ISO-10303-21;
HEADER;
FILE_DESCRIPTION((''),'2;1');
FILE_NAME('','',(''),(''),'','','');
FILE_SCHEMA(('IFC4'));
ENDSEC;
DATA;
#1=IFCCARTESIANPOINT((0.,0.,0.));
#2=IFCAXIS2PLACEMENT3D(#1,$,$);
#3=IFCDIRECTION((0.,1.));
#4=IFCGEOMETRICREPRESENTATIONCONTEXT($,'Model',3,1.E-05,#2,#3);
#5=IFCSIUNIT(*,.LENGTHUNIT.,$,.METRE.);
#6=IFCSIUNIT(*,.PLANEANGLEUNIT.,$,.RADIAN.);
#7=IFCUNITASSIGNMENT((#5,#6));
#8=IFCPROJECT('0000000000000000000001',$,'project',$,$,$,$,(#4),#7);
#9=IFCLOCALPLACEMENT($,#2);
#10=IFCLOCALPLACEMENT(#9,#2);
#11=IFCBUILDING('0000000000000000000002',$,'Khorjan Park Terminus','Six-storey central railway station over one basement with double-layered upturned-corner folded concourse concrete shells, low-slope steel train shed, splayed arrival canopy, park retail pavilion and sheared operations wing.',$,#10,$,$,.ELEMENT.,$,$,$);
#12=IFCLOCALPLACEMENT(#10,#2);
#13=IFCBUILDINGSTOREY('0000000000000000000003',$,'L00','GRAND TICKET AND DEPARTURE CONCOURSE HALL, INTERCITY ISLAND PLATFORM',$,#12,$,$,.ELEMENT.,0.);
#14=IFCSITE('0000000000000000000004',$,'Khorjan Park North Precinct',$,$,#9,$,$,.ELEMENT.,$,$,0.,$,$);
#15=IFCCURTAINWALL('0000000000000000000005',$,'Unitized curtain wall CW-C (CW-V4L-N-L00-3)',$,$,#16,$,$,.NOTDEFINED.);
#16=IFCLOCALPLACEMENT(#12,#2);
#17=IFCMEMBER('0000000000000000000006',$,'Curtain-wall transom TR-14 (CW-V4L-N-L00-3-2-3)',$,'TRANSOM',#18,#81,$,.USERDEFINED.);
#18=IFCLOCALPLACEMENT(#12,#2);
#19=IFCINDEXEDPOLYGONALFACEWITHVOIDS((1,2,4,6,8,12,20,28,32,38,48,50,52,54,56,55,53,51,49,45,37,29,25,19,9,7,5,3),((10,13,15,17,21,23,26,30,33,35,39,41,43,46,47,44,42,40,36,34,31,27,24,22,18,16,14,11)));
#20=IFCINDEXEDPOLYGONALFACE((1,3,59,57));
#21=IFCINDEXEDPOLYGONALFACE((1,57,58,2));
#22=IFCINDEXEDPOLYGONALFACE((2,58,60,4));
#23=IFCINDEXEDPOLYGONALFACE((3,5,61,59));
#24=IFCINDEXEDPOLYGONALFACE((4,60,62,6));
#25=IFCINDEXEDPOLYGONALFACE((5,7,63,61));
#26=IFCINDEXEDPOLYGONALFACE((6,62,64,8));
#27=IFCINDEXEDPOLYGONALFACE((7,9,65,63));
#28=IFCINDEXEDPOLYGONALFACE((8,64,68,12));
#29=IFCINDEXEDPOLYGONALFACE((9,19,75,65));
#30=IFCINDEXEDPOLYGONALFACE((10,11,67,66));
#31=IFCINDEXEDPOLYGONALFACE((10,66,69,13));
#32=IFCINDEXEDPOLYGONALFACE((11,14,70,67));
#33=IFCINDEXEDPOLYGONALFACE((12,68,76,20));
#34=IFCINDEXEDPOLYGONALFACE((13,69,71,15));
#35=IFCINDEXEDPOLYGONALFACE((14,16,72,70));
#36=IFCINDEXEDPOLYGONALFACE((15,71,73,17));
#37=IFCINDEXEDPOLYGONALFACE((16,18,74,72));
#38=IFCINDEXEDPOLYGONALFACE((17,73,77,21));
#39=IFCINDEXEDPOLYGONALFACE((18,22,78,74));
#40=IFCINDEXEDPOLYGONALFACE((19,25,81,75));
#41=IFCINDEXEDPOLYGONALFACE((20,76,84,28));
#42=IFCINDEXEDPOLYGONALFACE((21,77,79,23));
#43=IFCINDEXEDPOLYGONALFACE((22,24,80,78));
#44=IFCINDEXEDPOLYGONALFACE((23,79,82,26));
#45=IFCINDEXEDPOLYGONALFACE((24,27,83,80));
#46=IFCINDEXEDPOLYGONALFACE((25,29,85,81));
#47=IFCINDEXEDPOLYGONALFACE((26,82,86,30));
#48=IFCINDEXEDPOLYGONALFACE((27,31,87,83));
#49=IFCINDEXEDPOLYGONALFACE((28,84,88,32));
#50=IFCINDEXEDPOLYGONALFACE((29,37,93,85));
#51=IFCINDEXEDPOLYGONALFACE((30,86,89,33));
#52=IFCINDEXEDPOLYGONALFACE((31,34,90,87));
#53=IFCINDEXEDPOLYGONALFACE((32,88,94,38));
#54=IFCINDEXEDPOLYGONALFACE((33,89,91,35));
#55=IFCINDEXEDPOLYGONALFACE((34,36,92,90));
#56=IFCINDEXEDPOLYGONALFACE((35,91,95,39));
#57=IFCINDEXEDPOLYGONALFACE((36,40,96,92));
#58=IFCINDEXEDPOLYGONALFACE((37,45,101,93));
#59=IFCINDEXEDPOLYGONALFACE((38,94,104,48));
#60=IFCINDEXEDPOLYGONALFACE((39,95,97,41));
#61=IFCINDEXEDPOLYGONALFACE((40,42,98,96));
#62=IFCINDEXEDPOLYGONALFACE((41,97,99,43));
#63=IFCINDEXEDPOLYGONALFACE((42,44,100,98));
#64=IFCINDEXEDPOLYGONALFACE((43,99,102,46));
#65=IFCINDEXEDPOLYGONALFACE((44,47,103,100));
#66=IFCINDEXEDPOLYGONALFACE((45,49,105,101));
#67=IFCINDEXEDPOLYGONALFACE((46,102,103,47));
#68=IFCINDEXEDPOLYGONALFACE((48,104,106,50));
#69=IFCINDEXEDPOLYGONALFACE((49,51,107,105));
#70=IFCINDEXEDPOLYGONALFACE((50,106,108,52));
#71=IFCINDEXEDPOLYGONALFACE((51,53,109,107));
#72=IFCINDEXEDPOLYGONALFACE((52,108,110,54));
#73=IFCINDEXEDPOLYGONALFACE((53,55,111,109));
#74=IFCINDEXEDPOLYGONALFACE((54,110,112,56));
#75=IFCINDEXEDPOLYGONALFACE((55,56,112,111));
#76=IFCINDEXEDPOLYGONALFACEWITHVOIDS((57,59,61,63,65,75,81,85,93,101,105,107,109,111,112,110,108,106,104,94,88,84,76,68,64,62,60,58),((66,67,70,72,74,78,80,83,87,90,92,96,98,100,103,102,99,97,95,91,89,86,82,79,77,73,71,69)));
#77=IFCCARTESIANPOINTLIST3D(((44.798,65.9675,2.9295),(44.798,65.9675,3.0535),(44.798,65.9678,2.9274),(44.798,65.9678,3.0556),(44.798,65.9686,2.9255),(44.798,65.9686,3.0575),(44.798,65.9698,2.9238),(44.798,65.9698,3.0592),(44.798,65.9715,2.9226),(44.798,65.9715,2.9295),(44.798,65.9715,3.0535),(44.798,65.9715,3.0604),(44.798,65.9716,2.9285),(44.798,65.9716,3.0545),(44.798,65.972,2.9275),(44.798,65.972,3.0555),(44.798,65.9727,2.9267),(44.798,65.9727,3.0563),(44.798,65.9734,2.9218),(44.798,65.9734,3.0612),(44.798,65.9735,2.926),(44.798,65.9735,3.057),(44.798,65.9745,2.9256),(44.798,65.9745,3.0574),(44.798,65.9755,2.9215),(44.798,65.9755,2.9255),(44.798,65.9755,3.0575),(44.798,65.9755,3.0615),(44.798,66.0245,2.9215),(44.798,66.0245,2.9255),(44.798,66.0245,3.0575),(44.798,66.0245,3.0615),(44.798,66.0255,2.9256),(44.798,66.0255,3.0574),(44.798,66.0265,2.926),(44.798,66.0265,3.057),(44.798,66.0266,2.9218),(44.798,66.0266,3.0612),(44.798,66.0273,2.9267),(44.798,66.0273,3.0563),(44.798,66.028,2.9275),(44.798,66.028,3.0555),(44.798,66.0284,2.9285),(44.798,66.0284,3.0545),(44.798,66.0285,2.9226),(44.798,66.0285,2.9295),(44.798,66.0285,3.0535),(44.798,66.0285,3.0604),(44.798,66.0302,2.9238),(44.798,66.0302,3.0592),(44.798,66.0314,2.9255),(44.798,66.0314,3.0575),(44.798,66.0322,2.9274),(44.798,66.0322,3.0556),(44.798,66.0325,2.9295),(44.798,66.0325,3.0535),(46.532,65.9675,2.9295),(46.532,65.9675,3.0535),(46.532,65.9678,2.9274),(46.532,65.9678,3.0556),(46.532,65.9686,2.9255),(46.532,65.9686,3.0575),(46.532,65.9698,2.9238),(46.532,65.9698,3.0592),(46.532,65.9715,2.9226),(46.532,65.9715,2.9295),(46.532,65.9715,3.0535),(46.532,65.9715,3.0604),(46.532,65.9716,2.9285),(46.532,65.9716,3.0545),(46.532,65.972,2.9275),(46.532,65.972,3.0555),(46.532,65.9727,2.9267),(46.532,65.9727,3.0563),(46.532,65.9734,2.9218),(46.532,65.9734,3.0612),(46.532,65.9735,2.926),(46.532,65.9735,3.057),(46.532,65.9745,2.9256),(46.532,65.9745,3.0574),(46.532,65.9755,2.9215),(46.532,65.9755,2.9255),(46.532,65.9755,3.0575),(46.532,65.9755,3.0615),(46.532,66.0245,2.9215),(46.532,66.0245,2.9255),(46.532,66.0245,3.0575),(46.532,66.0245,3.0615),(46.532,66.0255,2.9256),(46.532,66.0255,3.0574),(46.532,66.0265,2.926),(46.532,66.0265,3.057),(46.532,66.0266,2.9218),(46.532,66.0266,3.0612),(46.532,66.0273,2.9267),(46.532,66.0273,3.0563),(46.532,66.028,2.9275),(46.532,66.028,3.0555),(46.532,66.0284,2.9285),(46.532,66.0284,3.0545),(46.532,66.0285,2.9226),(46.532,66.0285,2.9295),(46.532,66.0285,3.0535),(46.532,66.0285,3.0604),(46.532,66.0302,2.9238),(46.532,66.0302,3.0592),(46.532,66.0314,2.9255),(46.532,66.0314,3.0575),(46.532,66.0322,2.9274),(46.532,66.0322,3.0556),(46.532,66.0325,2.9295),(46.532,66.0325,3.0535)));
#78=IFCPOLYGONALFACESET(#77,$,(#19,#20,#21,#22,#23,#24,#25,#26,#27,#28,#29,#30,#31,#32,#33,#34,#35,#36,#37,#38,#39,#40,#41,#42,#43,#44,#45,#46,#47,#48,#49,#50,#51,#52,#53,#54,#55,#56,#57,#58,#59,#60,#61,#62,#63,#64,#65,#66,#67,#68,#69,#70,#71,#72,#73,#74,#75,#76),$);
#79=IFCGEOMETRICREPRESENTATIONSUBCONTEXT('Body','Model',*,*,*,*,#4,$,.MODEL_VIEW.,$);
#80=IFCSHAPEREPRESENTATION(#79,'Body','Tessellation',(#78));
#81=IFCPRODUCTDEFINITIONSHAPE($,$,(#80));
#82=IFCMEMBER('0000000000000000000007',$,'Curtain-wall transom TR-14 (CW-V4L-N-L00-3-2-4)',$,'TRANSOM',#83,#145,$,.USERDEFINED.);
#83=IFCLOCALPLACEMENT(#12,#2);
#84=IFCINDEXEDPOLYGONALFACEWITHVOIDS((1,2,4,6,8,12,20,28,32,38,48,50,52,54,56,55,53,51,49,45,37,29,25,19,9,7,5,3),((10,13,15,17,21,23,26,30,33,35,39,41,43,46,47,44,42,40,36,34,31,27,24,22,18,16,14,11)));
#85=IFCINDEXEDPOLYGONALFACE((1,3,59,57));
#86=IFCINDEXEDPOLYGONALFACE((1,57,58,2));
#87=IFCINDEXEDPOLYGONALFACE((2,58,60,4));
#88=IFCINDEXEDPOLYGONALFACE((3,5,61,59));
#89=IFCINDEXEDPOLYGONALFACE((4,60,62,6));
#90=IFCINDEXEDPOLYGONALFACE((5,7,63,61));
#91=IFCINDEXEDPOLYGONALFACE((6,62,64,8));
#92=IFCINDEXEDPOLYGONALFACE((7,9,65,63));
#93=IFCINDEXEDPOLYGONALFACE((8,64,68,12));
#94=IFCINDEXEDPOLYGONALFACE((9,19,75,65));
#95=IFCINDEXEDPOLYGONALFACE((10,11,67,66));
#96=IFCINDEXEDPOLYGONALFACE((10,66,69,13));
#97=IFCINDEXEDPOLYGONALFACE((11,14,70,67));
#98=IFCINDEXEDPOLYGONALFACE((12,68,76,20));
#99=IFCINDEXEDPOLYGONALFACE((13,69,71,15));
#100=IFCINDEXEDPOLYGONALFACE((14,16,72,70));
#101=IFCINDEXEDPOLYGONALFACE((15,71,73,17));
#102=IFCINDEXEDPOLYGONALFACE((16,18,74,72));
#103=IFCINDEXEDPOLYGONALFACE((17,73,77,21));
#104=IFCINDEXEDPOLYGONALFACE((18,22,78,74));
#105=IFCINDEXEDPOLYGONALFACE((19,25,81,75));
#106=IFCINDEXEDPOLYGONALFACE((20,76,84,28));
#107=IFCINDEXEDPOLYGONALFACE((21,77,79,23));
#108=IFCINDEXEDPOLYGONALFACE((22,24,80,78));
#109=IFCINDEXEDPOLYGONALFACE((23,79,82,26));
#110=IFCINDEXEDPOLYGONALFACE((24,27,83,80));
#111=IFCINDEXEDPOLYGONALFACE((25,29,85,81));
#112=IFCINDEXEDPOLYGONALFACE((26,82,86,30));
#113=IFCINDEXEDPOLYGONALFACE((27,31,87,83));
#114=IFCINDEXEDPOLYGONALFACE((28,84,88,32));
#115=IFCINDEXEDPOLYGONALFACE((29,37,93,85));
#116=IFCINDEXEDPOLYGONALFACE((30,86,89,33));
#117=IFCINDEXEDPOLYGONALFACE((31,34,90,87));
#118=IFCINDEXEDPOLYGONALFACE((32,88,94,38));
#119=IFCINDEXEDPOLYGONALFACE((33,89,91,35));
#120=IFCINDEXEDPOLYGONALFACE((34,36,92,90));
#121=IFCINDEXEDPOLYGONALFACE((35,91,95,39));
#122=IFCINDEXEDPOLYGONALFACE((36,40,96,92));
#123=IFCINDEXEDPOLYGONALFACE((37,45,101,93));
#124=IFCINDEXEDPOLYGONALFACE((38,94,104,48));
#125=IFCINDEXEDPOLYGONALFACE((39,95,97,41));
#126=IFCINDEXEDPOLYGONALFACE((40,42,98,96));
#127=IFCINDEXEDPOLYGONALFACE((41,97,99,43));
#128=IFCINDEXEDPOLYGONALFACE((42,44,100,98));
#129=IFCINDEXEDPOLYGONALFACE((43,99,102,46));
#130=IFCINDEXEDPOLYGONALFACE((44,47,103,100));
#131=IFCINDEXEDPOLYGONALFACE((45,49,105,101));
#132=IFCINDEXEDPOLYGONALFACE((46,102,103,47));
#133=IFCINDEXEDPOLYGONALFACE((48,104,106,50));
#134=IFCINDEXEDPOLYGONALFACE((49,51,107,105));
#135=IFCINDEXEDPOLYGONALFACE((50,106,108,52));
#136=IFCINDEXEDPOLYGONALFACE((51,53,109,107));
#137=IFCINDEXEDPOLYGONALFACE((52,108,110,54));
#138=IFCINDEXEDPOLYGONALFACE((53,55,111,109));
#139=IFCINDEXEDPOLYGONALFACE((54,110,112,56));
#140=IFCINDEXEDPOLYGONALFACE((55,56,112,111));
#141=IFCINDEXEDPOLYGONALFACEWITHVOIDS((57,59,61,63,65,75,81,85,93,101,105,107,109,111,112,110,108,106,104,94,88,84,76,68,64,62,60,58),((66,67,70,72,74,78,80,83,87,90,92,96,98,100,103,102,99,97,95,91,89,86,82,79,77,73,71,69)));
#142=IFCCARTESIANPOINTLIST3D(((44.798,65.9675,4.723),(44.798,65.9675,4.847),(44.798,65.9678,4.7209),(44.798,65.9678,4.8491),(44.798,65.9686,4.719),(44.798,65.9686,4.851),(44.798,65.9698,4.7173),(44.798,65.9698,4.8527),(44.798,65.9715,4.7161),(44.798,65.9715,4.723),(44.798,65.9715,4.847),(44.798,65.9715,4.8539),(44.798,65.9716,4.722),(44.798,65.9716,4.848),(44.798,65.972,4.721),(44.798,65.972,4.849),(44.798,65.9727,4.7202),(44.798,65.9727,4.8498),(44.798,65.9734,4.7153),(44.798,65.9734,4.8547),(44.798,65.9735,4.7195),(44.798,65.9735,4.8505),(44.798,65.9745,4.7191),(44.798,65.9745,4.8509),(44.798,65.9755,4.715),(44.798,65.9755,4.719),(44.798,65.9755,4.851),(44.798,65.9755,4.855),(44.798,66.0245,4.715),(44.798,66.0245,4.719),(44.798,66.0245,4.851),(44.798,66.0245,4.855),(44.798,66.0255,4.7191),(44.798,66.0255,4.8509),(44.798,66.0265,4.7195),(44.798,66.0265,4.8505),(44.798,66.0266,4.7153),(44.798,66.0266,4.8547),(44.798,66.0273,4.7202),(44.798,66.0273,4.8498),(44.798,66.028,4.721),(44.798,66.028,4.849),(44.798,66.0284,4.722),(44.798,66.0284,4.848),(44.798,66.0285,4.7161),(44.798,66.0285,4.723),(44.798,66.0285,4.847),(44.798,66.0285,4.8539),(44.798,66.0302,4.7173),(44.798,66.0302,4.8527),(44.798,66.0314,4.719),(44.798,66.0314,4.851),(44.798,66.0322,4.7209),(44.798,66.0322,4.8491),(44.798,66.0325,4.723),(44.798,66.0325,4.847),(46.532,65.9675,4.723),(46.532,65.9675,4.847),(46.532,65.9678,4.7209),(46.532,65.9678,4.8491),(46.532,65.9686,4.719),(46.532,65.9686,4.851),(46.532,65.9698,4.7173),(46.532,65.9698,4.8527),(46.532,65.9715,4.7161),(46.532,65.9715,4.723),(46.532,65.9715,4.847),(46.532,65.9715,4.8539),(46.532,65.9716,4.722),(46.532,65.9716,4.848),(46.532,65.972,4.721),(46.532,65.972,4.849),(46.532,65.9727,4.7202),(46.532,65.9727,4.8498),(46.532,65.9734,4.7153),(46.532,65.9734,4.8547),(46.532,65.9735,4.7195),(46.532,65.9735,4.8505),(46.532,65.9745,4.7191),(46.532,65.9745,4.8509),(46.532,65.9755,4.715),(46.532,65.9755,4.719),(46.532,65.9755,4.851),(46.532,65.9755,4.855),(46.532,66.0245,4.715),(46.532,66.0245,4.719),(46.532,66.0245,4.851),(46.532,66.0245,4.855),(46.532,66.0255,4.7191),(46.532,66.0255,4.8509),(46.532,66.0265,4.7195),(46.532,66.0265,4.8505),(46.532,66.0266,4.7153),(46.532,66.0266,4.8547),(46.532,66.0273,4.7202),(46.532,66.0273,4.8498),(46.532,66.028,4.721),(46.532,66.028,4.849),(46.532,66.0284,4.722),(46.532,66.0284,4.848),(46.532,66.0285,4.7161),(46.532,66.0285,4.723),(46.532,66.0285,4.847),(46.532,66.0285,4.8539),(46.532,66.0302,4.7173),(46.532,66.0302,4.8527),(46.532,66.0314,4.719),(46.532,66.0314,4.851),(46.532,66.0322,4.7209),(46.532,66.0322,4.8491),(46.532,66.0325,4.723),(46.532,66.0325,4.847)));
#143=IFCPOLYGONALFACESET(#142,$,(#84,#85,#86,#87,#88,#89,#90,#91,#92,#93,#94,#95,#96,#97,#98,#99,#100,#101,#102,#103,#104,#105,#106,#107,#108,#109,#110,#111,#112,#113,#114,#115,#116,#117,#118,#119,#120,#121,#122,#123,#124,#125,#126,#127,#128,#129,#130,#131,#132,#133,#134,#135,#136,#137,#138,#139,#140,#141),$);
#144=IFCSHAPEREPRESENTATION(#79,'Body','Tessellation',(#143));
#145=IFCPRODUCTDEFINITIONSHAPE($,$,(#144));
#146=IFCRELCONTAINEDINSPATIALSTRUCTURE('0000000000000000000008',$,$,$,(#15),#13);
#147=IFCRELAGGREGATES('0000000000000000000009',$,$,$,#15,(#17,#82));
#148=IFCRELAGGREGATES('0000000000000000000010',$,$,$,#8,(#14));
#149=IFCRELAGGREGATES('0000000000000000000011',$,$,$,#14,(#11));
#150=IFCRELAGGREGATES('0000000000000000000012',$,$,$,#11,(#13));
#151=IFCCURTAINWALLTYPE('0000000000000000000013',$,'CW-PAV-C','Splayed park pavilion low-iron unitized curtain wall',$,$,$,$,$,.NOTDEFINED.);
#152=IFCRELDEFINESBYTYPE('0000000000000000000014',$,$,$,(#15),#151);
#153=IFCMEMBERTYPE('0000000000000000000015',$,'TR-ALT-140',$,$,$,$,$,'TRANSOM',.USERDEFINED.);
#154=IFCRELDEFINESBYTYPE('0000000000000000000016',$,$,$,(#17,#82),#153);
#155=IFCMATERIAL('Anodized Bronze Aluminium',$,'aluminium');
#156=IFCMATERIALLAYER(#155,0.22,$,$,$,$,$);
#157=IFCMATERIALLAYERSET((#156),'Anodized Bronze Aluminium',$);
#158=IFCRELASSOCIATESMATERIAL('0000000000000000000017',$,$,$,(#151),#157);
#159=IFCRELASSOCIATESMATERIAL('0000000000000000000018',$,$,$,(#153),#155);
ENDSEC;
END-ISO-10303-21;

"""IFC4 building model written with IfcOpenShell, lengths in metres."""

from ifc_helpers import new_model, si_unit, direction, frame, origin, origin_2d, place, context, subcontext, project, spatial, hollow_rectangle, extrude, material, layer, layer_set, material_profile, profile_set, type_object, element, aggregate, save


model = new_model("IFC4")

# Units and contexts
model_context = context("Model", 3, precision=1e-05, world=origin(), true_north=direction((0.0, 1.0)))
body_context = subcontext(model_context, "Body", "Model", "MODEL_VIEW")
ifc_project = project(units=[si_unit("LENGTHUNIT", "METRE"), si_unit("PLANEANGLEUNIT", "RADIAN")], contexts=[model_context])

# Site, building, storey
site_placement = place(None, origin())
site = spatial("IfcSite", under=ifc_project, at=site_placement, Name="Khorjan Park North Precinct", CompositionType="ELEMENT", RefElevation=0.0)
building_placement = place(site_placement, origin())
building = spatial("IfcBuilding", under=site, at=building_placement, Name="Khorjan Park Terminus", Description="Six-storey central railway station over one basement with double-layered upturned-corner folded concourse concrete shells, low-slope steel train shed, splayed arrival canopy, park retail pavilion and sheared operations wing.", CompositionType="ELEMENT")
storey_placement = place(building_placement, origin())
storey = spatial("IfcBuildingStorey", under=building, at=storey_placement, Name="L00", Description="GRAND TICKET AND DEPARTURE CONCOURSE HALL, INTERCITY ISLAND PLATFORM", CompositionType="ELEMENT", Elevation=0.0)

# Curtain wall, members
ifc_material_1 = material(Name="Anodized Bronze Aluminium", Category="aluminium")
ifc_layer_1 = layer(ifc_material_1, 0.22)
ifc_layer_set_1 = layer_set([ifc_layer_1], Name="Anodized Bronze Aluminium")
curtain_wall_type = type_object("IfcCurtainWallType", Name="CW-PAV-C", Description="Splayed park pavilion low-iron unitized curtain wall", PredefinedType="NOTDEFINED", material=ifc_layer_set_1)
curtain_wall_placement = place(storey_placement, origin())
curtain_wall = element("IfcCurtainWall", 1, at=curtain_wall_placement, inside=storey, type_object=curtain_wall_type, Name="Unitized curtain wall CW-C (CW-V4L-N-L00-3)", PredefinedType="NOTDEFINED")
ifc_material_profile_1 = material_profile(ifc_material_1, hollow_rectangle(XDim=0.065, YDim=0.14, WallThickness=0.004, InnerFilletRadius=0.004, OuterFilletRadius=0.008, at=origin_2d()), Name="ALT 65x140x4")
ifc_profile_set_1 = profile_set([ifc_material_profile_1], Name="Anodized Bronze Aluminium")
member_type_1 = type_object("IfcMemberType", Name="TR-ALT-140", ElementType="TRANSOM", PredefinedType="USERDEFINED", material=ifc_profile_set_1)
member_1_placement = place(storey_placement, frame((46.532, 66.0, 2.9915), z_axis=(-1.0, 0.0, 0.0), x_axis=(0.0, -1.0, 0.0)))
member_1 = element("IfcMember", 2, at=member_1_placement, type_object=member_type_1, Name="Curtain-wall transom TR-14 (CW-V4L-N-L00-3-2-3)", ObjectType="TRANSOM", PredefinedType="USERDEFINED", context=body_context, shape_type="SweptSolid", body=[
    extrude(hollow_rectangle(XDim=0.065, YDim=0.14, WallThickness=0.004, InnerFilletRadius=0.004, OuterFilletRadius=0.008, at=origin_2d()), origin(), (0.0, 0.0, 1.0), 1.734),
])
member_2_placement = place(storey_placement, frame((46.532, 66.0, 4.785), z_axis=(-1.0, 0.0, 0.0), x_axis=(0.0, -1.0, 0.0)))
member_2 = element("IfcMember", 3, at=member_2_placement, type_object=member_type_1, Name="Curtain-wall transom TR-14 (CW-V4L-N-L00-3-2-4)", ObjectType="TRANSOM", PredefinedType="USERDEFINED", context=body_context, shape_type="SweptSolid", body=[
    extrude(hollow_rectangle(XDim=0.065, YDim=0.14, WallThickness=0.004, InnerFilletRadius=0.004, OuterFilletRadius=0.008, at=origin_2d()), origin(), (0.0, 0.0, 1.0), 1.734),
])
aggregate(curtain_wall, [member_1, member_2])

save(model, "model.ifc")
